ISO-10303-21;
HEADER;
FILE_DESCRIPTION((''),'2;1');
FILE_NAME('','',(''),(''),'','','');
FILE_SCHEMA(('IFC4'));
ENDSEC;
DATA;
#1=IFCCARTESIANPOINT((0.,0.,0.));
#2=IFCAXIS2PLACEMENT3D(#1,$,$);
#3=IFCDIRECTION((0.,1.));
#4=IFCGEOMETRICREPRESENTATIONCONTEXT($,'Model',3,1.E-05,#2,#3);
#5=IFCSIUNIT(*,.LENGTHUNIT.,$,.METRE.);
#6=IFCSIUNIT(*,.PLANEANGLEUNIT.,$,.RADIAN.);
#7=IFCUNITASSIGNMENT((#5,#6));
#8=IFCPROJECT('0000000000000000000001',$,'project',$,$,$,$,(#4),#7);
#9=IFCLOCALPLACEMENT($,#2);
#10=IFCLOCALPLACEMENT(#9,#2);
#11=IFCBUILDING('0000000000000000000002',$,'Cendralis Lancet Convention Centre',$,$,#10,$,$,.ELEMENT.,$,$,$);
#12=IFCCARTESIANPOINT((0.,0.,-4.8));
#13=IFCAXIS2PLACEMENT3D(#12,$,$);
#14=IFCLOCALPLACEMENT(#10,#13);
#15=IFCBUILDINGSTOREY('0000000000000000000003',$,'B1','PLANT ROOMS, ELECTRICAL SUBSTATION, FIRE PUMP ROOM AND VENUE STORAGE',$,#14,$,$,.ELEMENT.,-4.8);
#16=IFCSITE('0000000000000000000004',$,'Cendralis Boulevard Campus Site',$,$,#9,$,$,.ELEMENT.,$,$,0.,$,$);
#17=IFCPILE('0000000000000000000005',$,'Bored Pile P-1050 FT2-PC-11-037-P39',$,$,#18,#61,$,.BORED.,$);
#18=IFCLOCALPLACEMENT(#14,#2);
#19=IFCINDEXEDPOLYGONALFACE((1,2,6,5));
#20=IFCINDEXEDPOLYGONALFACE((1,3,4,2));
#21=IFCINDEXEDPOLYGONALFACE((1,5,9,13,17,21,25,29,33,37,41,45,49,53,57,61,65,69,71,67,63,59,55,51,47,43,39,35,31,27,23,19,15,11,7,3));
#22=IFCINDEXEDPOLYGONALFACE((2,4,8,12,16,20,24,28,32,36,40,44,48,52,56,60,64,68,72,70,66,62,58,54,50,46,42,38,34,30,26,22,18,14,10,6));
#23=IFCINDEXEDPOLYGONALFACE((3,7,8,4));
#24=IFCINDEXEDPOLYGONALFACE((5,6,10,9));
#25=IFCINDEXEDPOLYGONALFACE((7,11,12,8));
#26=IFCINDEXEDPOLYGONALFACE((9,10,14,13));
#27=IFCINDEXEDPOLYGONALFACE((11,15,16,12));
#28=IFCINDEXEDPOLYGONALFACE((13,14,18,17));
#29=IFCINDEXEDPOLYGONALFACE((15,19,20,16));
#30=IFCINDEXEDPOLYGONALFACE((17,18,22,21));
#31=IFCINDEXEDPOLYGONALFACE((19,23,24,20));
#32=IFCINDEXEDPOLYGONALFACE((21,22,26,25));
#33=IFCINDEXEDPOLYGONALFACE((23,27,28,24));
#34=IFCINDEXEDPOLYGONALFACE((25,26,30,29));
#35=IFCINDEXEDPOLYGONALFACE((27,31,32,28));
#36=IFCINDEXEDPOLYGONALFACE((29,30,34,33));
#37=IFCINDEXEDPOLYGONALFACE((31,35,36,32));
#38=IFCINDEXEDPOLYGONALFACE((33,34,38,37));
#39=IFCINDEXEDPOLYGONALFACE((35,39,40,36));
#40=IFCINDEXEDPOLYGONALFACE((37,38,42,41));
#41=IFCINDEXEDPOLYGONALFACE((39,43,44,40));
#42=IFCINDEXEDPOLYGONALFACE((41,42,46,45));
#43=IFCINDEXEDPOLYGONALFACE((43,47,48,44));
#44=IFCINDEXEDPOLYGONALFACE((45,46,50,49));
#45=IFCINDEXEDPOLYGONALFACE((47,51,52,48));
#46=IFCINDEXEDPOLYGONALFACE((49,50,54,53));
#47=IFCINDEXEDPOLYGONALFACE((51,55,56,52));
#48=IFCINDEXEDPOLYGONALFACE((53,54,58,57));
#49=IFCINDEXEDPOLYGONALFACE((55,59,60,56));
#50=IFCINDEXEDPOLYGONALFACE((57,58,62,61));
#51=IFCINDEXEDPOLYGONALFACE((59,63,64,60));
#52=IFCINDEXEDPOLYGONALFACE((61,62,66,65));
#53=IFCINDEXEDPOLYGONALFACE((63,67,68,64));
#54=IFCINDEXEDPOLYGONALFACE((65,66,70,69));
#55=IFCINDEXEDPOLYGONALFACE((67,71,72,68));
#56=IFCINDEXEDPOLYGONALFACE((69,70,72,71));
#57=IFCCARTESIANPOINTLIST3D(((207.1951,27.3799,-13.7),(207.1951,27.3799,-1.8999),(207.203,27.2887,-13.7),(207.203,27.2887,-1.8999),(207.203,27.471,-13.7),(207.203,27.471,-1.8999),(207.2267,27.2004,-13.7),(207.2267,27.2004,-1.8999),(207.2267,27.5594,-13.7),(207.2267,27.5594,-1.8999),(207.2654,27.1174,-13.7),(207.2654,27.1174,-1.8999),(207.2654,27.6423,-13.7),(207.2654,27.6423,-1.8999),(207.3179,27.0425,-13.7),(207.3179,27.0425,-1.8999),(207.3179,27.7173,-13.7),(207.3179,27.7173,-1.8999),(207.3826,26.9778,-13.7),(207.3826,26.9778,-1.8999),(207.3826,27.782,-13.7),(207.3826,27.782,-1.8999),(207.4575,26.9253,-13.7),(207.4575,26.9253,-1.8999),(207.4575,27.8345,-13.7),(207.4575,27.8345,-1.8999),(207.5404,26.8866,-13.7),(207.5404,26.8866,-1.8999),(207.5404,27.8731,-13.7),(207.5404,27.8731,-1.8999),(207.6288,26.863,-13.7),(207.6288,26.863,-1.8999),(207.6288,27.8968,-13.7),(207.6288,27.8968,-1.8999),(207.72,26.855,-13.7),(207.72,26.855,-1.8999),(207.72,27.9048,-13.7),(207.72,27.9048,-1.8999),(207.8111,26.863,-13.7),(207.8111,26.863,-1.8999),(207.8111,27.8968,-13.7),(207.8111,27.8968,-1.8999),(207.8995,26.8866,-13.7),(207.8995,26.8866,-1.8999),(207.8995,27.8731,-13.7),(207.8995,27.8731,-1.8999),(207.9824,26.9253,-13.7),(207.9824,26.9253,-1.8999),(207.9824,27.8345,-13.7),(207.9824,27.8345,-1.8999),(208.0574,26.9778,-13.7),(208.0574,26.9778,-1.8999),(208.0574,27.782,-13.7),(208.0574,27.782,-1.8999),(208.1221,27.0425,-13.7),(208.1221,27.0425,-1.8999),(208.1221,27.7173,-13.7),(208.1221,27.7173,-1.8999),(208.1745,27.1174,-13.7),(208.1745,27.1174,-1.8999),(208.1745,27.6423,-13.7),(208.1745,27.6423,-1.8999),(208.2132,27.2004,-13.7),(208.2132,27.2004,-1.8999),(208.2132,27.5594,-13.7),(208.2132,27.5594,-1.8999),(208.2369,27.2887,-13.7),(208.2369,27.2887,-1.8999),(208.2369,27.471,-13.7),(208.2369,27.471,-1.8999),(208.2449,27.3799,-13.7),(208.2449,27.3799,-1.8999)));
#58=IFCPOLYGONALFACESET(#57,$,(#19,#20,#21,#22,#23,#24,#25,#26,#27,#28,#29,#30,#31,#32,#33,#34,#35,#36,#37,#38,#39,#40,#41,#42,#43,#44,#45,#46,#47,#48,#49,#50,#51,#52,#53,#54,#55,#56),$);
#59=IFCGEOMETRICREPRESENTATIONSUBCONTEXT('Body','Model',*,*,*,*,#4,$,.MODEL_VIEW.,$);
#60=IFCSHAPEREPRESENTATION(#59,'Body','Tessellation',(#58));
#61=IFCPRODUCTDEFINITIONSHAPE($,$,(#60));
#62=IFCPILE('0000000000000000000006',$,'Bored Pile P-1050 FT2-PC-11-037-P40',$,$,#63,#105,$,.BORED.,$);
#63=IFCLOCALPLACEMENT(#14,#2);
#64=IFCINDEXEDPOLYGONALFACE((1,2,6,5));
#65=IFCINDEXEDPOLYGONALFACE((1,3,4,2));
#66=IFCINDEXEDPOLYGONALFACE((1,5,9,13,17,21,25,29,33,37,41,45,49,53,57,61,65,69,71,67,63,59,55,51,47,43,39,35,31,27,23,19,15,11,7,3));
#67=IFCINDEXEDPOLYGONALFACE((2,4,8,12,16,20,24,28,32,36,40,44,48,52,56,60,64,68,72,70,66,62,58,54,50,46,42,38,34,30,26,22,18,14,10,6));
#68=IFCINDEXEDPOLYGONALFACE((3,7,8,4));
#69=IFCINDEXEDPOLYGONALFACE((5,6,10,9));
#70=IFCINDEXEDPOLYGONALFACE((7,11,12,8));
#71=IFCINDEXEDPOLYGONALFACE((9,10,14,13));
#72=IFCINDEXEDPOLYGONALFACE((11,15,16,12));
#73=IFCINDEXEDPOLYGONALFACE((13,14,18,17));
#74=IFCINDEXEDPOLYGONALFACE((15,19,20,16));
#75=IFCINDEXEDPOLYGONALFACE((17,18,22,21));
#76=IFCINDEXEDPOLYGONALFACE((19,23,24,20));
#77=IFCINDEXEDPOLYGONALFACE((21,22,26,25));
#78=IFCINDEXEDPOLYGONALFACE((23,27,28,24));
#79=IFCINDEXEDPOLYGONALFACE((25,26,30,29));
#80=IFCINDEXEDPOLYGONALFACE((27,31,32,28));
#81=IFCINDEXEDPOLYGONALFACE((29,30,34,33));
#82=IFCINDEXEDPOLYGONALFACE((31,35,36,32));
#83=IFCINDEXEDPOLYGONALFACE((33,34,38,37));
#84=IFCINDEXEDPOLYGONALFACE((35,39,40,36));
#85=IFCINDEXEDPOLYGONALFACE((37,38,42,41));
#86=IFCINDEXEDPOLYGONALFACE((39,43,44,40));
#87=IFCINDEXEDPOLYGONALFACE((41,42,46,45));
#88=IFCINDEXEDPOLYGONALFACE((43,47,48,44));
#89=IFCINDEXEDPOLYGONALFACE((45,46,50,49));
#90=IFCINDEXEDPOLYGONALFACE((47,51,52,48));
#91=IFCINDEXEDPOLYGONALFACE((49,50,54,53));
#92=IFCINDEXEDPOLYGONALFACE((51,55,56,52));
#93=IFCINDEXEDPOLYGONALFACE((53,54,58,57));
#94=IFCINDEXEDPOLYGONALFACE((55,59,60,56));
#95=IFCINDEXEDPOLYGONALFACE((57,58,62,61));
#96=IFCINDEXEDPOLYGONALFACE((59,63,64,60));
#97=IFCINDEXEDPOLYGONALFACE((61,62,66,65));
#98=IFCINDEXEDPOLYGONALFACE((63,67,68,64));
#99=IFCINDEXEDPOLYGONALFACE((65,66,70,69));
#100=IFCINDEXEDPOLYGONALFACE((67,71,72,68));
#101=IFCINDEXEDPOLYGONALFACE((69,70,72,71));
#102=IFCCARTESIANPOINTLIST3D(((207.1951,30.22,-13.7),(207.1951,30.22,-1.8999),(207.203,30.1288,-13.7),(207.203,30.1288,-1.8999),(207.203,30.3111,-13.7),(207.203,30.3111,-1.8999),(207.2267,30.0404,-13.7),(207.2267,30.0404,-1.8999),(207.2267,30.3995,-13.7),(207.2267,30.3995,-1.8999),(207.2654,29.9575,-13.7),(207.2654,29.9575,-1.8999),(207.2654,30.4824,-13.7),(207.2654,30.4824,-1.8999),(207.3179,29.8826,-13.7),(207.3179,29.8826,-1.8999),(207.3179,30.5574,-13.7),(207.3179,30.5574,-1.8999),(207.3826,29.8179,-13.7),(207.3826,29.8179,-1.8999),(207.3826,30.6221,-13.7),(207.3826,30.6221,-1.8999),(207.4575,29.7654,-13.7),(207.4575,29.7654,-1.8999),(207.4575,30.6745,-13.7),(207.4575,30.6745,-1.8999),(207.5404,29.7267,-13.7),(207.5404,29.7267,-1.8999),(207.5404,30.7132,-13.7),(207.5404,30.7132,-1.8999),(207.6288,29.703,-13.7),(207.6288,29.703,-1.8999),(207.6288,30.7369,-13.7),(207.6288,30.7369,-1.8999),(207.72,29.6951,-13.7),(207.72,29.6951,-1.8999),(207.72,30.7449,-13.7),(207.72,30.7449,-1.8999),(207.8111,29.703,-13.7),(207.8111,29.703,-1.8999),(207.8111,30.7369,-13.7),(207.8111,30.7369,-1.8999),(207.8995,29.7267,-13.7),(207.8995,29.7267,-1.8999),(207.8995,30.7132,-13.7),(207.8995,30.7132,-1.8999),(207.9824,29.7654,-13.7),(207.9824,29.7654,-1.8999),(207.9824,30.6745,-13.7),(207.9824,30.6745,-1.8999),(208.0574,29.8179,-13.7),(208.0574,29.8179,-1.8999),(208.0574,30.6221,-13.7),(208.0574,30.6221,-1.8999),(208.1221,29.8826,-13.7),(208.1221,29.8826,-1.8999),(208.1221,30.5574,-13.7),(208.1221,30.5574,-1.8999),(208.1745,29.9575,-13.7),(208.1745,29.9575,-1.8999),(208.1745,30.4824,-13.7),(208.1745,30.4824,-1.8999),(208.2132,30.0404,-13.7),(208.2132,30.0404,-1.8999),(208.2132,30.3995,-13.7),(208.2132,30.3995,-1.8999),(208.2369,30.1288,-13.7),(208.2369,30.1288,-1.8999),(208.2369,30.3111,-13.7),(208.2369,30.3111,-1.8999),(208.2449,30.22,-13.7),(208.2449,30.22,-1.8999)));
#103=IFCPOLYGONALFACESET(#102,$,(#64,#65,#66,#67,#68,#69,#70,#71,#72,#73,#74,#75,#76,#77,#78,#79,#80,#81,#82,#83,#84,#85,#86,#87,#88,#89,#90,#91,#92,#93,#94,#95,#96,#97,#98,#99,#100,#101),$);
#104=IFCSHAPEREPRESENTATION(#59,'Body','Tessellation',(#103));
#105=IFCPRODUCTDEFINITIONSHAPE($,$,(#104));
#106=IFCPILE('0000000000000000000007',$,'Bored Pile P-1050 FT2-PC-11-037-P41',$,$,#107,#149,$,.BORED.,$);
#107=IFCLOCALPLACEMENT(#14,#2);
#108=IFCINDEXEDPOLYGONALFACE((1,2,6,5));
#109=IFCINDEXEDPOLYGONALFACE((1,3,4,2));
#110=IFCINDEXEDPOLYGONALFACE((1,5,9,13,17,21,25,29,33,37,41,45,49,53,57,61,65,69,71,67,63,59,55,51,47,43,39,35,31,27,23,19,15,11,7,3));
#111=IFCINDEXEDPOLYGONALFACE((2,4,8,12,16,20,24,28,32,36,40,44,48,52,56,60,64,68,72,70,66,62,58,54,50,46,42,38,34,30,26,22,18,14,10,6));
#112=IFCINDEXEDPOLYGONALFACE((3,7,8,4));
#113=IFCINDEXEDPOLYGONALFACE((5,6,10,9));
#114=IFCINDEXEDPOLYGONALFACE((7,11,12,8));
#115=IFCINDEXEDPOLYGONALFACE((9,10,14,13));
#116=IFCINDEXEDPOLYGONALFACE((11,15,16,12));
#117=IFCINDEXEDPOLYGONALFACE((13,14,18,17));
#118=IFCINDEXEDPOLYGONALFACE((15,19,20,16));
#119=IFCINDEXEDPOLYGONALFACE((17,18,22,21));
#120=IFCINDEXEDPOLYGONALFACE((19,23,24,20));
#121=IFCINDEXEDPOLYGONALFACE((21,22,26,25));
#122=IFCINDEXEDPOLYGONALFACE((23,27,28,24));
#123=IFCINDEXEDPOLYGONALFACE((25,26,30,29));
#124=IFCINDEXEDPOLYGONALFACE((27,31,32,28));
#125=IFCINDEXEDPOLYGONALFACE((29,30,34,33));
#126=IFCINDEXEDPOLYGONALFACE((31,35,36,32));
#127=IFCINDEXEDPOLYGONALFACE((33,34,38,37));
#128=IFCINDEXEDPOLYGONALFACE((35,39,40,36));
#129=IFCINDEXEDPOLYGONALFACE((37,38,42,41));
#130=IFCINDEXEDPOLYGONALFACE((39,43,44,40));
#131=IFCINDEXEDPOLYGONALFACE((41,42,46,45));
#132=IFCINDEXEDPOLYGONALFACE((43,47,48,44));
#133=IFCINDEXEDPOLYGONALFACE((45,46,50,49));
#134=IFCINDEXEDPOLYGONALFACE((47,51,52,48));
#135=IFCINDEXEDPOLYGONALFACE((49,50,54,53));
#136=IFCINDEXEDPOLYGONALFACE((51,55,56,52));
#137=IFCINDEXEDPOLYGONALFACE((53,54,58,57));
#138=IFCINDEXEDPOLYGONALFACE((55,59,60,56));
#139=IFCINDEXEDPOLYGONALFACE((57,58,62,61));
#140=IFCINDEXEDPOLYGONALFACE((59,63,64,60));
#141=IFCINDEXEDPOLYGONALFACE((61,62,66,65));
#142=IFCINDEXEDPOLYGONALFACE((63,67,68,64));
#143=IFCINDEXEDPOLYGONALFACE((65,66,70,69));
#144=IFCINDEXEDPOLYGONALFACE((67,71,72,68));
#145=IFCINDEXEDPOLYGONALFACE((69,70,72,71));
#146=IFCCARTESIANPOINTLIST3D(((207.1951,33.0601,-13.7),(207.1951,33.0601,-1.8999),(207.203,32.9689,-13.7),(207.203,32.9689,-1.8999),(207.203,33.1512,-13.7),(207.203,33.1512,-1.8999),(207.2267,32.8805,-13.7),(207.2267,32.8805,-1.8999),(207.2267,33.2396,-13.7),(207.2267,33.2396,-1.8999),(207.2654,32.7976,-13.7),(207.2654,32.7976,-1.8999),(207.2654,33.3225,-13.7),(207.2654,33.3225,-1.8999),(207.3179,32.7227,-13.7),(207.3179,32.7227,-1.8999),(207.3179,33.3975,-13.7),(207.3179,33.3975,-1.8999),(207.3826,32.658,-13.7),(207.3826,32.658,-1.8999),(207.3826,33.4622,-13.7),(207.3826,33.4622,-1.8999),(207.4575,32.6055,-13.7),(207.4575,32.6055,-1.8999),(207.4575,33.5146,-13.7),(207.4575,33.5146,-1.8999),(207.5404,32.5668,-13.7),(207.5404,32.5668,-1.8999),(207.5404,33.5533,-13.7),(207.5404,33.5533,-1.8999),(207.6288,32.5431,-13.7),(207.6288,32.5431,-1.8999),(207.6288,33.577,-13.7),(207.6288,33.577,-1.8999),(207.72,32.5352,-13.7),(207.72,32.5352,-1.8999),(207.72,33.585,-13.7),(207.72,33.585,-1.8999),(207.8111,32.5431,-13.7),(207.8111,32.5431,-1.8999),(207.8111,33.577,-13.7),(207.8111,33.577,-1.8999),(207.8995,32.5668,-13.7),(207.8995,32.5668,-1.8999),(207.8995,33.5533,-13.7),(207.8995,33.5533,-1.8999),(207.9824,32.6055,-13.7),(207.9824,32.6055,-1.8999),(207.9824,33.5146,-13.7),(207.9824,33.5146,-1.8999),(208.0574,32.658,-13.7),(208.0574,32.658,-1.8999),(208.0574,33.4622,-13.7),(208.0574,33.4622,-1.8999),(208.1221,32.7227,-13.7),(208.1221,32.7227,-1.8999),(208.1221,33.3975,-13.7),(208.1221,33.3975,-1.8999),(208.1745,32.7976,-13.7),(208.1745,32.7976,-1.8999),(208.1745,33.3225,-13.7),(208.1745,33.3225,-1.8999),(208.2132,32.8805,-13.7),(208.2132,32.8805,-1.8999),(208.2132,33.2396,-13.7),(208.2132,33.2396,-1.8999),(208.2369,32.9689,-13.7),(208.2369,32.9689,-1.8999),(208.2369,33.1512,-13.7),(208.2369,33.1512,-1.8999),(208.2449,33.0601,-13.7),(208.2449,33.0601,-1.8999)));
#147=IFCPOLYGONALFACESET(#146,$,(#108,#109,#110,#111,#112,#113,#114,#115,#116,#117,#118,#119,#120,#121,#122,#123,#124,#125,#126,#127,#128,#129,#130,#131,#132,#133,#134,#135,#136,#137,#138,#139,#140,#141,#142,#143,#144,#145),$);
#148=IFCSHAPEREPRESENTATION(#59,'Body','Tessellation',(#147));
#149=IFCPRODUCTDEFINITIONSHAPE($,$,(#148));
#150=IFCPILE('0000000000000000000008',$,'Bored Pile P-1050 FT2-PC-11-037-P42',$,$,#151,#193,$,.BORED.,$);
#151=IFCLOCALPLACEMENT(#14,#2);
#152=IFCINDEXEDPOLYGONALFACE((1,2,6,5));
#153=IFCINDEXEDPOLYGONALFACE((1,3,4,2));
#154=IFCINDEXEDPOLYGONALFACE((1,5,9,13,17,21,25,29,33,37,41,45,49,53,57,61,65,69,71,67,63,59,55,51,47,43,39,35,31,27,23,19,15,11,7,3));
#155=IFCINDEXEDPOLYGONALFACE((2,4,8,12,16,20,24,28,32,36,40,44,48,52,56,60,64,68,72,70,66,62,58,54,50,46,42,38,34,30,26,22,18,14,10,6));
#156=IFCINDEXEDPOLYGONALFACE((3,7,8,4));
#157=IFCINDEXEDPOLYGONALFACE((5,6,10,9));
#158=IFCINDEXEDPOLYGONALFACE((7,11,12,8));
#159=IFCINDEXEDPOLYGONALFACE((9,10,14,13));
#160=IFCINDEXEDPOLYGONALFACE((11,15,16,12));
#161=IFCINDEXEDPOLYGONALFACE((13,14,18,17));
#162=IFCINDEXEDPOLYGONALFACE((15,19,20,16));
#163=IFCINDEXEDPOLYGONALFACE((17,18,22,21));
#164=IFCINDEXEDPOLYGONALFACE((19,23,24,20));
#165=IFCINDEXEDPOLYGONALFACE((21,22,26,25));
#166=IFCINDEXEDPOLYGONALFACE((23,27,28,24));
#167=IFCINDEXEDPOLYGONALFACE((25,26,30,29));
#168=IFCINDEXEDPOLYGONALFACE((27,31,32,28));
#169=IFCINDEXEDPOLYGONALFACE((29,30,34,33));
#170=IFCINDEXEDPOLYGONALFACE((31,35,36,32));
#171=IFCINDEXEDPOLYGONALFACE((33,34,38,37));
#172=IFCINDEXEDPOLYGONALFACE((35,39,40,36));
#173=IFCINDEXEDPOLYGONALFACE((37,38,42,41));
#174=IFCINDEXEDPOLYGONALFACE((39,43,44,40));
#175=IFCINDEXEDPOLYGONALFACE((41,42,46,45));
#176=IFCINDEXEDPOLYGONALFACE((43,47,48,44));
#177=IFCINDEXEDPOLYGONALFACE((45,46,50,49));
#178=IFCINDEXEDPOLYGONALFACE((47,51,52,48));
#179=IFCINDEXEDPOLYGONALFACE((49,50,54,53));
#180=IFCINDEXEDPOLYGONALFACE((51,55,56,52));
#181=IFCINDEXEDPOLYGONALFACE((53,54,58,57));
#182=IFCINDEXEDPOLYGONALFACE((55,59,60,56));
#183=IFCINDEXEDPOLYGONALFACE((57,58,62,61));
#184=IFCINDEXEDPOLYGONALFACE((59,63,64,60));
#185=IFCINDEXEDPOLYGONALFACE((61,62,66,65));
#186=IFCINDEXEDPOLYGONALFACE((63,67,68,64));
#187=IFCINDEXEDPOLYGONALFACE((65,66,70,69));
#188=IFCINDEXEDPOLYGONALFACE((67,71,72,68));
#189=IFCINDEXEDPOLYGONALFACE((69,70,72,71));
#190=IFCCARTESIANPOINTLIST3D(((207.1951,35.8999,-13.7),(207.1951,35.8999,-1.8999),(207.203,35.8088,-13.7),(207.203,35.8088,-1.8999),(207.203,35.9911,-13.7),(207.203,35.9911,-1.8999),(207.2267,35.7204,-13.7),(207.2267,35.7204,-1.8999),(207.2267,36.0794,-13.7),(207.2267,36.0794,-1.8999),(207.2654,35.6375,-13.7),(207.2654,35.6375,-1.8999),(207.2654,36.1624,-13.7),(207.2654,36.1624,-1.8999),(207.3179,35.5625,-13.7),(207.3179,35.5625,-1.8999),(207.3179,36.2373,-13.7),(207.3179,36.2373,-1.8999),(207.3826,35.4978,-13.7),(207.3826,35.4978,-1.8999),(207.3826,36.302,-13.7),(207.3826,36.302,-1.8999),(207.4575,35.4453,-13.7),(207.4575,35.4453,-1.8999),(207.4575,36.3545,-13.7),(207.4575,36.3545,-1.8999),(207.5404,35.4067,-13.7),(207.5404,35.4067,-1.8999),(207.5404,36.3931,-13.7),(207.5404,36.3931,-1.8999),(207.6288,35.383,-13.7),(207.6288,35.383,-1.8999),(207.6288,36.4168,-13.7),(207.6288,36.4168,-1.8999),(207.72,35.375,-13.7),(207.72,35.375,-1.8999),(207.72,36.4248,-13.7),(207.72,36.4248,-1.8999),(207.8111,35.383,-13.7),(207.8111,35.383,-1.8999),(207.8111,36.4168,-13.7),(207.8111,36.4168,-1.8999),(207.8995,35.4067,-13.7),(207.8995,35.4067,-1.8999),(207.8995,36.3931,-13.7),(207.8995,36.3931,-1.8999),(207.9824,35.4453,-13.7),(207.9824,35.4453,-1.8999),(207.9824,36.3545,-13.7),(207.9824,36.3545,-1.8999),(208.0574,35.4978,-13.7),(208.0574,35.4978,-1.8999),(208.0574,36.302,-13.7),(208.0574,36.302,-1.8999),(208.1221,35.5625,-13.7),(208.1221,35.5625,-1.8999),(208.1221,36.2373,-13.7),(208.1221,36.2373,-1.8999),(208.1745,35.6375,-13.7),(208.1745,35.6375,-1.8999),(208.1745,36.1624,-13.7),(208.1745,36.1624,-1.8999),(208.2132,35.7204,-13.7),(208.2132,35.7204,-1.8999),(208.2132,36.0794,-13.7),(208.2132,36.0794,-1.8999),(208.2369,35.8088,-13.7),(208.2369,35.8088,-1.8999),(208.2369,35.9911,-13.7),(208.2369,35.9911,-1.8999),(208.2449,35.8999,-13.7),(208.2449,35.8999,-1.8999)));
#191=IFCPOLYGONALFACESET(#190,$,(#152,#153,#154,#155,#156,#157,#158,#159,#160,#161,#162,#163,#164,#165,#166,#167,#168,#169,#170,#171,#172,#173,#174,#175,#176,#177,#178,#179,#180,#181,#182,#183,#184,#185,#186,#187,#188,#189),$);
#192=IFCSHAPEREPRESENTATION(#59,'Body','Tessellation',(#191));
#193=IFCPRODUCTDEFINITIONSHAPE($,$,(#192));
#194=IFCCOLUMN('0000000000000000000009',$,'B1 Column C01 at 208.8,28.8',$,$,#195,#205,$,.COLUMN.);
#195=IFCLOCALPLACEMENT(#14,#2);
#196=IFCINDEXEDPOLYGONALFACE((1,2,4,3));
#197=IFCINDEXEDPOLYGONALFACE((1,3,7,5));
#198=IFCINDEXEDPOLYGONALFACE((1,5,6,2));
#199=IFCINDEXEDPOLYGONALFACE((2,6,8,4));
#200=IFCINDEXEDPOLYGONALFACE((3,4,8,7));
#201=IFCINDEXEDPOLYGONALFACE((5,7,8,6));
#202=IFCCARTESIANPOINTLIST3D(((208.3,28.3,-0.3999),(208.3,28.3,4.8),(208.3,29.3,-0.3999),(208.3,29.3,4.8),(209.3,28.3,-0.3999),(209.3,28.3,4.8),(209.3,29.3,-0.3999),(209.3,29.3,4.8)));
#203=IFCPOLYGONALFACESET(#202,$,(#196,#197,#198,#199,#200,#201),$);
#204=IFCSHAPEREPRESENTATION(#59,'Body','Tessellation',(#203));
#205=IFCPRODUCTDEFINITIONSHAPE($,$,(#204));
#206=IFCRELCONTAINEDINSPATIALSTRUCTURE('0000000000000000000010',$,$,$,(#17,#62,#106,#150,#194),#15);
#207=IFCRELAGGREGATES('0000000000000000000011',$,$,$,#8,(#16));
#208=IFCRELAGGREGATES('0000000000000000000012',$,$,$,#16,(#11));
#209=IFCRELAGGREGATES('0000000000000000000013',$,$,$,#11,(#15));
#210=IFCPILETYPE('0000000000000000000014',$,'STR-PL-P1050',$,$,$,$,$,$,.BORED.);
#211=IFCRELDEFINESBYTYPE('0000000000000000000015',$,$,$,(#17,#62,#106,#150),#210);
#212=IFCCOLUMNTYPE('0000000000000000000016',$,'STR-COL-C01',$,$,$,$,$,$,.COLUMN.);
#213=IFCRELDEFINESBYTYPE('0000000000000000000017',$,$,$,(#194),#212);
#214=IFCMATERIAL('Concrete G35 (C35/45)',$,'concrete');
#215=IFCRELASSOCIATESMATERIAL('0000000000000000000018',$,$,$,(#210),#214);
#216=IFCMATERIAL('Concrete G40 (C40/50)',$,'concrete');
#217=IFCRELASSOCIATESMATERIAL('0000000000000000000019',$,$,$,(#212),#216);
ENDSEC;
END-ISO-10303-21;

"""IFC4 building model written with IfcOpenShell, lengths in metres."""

from ifc_helpers import new_model, si_unit, direction, frame, origin, origin_2d, place, context, subcontext, project, spatial, rectangle, circle, extrude, material, material_profile, profile_set, type_object, element, save


model = new_model("IFC4")

# Units and contexts
model_context = context("Model", 3, precision=1e-05, world=origin(), true_north=direction((0.0, 1.0)))
body_context = subcontext(model_context, "Body", "Model", "MODEL_VIEW")
ifc_project = project(units=[si_unit("LENGTHUNIT", "METRE"), si_unit("PLANEANGLEUNIT", "RADIAN")], contexts=[model_context])

# Site, building, storey
site_placement = place(None, origin())
site = spatial("IfcSite", under=ifc_project, at=site_placement, Name="Cendralis Boulevard Campus Site", CompositionType="ELEMENT", RefElevation=0.0)
building_placement = place(site_placement, origin())
building = spatial("IfcBuilding", under=site, at=building_placement, Name="Cendralis Lancet Convention Centre", CompositionType="ELEMENT")
storey_placement = place(building_placement, frame((0.0, 0.0, -4.8)))
storey = spatial("IfcBuildingStorey", under=building, at=storey_placement, Name="B1", Description="PLANT ROOMS, ELECTRICAL SUBSTATION, FIRE PUMP ROOM AND VENUE STORAGE", CompositionType="ELEMENT", Elevation=-4.8)

# Piles
ifc_material_1 = material(Name="Concrete G35 (C35/45)", Category="concrete")
ifc_material_profile_1 = material_profile(ifc_material_1, circle(Radius=0.5249, at=origin_2d()), Name="BORED PILE D1050")
ifc_profile_set_1 = profile_set([ifc_material_profile_1], Name="Concrete G35 (C35/45)")
pile_type = type_object("IfcPileType", Name="STR-PL-P1050", PredefinedType="BORED", material=ifc_profile_set_1)
for number, where, z_axis, x_axis, name in (
    (1, (207.72, 27.3799, -1.8999), (0.0, 0.0, -1.0), (1.0, 0.0, 0.0), "Bored Pile P-1050 FT2-PC-11-037-P39"),
    (2, (207.72, 30.22, -1.8999), (0.0, 0.0, -1.0), (1.0, 0.0, 0.0), "Bored Pile P-1050 FT2-PC-11-037-P40"),
    (3, (207.72, 33.0601, -1.8999), (0.0, 0.0, -1.0), (1.0, 0.0, 0.0), "Bored Pile P-1050 FT2-PC-11-037-P41"),
    (4, (207.72, 35.8999, -1.8999), (0.0, 0.0, -1.0), (1.0, 0.0, 0.0), "Bored Pile P-1050 FT2-PC-11-037-P42"),
):
    element("IfcPile", number, at=place(storey_placement, frame(where, z_axis=z_axis, x_axis=x_axis)), inside=storey, type_object=pile_type, Name=name, PredefinedType="BORED", context=body_context, shape_type="SweptSolid", body=[
        extrude(circle(Radius=0.5249, at=origin_2d()), origin(), (0.0, 0.0, 1.0), 11.8),
    ])

# Column
ifc_material_2 = material(Name="Concrete G40 (C40/50)", Category="concrete")
ifc_material_profile_2 = material_profile(ifc_material_2, rectangle(XDim=1.0, YDim=1.0, at=origin_2d()), Name="RC 1000x1000")
ifc_profile_set_2 = profile_set([ifc_material_profile_2], Name="Concrete G40 (C40/50)")
column_type = type_object("IfcColumnType", Name="STR-COL-C01", PredefinedType="COLUMN", material=ifc_profile_set_2)
for number, where, z_axis, x_axis, name in (
    (5, (208.8, 28.8, -0.3999), (0.0, 0.0, 1.0), (1.0, 0.0, 0.0), "B1 Column C01 at 208.8,28.8"),
):
    element("IfcColumn", number, at=place(storey_placement, frame(where, z_axis=z_axis, x_axis=x_axis)), inside=storey, type_object=column_type, Name=name, PredefinedType="COLUMN", context=body_context, shape_type="SweptSolid", body=[
        extrude(rectangle(XDim=1.0, YDim=1.0, at=origin_2d()), origin(), (0.0, 0.0, 1.0), 5.2),
    ])

save(model, "model.ifc")
